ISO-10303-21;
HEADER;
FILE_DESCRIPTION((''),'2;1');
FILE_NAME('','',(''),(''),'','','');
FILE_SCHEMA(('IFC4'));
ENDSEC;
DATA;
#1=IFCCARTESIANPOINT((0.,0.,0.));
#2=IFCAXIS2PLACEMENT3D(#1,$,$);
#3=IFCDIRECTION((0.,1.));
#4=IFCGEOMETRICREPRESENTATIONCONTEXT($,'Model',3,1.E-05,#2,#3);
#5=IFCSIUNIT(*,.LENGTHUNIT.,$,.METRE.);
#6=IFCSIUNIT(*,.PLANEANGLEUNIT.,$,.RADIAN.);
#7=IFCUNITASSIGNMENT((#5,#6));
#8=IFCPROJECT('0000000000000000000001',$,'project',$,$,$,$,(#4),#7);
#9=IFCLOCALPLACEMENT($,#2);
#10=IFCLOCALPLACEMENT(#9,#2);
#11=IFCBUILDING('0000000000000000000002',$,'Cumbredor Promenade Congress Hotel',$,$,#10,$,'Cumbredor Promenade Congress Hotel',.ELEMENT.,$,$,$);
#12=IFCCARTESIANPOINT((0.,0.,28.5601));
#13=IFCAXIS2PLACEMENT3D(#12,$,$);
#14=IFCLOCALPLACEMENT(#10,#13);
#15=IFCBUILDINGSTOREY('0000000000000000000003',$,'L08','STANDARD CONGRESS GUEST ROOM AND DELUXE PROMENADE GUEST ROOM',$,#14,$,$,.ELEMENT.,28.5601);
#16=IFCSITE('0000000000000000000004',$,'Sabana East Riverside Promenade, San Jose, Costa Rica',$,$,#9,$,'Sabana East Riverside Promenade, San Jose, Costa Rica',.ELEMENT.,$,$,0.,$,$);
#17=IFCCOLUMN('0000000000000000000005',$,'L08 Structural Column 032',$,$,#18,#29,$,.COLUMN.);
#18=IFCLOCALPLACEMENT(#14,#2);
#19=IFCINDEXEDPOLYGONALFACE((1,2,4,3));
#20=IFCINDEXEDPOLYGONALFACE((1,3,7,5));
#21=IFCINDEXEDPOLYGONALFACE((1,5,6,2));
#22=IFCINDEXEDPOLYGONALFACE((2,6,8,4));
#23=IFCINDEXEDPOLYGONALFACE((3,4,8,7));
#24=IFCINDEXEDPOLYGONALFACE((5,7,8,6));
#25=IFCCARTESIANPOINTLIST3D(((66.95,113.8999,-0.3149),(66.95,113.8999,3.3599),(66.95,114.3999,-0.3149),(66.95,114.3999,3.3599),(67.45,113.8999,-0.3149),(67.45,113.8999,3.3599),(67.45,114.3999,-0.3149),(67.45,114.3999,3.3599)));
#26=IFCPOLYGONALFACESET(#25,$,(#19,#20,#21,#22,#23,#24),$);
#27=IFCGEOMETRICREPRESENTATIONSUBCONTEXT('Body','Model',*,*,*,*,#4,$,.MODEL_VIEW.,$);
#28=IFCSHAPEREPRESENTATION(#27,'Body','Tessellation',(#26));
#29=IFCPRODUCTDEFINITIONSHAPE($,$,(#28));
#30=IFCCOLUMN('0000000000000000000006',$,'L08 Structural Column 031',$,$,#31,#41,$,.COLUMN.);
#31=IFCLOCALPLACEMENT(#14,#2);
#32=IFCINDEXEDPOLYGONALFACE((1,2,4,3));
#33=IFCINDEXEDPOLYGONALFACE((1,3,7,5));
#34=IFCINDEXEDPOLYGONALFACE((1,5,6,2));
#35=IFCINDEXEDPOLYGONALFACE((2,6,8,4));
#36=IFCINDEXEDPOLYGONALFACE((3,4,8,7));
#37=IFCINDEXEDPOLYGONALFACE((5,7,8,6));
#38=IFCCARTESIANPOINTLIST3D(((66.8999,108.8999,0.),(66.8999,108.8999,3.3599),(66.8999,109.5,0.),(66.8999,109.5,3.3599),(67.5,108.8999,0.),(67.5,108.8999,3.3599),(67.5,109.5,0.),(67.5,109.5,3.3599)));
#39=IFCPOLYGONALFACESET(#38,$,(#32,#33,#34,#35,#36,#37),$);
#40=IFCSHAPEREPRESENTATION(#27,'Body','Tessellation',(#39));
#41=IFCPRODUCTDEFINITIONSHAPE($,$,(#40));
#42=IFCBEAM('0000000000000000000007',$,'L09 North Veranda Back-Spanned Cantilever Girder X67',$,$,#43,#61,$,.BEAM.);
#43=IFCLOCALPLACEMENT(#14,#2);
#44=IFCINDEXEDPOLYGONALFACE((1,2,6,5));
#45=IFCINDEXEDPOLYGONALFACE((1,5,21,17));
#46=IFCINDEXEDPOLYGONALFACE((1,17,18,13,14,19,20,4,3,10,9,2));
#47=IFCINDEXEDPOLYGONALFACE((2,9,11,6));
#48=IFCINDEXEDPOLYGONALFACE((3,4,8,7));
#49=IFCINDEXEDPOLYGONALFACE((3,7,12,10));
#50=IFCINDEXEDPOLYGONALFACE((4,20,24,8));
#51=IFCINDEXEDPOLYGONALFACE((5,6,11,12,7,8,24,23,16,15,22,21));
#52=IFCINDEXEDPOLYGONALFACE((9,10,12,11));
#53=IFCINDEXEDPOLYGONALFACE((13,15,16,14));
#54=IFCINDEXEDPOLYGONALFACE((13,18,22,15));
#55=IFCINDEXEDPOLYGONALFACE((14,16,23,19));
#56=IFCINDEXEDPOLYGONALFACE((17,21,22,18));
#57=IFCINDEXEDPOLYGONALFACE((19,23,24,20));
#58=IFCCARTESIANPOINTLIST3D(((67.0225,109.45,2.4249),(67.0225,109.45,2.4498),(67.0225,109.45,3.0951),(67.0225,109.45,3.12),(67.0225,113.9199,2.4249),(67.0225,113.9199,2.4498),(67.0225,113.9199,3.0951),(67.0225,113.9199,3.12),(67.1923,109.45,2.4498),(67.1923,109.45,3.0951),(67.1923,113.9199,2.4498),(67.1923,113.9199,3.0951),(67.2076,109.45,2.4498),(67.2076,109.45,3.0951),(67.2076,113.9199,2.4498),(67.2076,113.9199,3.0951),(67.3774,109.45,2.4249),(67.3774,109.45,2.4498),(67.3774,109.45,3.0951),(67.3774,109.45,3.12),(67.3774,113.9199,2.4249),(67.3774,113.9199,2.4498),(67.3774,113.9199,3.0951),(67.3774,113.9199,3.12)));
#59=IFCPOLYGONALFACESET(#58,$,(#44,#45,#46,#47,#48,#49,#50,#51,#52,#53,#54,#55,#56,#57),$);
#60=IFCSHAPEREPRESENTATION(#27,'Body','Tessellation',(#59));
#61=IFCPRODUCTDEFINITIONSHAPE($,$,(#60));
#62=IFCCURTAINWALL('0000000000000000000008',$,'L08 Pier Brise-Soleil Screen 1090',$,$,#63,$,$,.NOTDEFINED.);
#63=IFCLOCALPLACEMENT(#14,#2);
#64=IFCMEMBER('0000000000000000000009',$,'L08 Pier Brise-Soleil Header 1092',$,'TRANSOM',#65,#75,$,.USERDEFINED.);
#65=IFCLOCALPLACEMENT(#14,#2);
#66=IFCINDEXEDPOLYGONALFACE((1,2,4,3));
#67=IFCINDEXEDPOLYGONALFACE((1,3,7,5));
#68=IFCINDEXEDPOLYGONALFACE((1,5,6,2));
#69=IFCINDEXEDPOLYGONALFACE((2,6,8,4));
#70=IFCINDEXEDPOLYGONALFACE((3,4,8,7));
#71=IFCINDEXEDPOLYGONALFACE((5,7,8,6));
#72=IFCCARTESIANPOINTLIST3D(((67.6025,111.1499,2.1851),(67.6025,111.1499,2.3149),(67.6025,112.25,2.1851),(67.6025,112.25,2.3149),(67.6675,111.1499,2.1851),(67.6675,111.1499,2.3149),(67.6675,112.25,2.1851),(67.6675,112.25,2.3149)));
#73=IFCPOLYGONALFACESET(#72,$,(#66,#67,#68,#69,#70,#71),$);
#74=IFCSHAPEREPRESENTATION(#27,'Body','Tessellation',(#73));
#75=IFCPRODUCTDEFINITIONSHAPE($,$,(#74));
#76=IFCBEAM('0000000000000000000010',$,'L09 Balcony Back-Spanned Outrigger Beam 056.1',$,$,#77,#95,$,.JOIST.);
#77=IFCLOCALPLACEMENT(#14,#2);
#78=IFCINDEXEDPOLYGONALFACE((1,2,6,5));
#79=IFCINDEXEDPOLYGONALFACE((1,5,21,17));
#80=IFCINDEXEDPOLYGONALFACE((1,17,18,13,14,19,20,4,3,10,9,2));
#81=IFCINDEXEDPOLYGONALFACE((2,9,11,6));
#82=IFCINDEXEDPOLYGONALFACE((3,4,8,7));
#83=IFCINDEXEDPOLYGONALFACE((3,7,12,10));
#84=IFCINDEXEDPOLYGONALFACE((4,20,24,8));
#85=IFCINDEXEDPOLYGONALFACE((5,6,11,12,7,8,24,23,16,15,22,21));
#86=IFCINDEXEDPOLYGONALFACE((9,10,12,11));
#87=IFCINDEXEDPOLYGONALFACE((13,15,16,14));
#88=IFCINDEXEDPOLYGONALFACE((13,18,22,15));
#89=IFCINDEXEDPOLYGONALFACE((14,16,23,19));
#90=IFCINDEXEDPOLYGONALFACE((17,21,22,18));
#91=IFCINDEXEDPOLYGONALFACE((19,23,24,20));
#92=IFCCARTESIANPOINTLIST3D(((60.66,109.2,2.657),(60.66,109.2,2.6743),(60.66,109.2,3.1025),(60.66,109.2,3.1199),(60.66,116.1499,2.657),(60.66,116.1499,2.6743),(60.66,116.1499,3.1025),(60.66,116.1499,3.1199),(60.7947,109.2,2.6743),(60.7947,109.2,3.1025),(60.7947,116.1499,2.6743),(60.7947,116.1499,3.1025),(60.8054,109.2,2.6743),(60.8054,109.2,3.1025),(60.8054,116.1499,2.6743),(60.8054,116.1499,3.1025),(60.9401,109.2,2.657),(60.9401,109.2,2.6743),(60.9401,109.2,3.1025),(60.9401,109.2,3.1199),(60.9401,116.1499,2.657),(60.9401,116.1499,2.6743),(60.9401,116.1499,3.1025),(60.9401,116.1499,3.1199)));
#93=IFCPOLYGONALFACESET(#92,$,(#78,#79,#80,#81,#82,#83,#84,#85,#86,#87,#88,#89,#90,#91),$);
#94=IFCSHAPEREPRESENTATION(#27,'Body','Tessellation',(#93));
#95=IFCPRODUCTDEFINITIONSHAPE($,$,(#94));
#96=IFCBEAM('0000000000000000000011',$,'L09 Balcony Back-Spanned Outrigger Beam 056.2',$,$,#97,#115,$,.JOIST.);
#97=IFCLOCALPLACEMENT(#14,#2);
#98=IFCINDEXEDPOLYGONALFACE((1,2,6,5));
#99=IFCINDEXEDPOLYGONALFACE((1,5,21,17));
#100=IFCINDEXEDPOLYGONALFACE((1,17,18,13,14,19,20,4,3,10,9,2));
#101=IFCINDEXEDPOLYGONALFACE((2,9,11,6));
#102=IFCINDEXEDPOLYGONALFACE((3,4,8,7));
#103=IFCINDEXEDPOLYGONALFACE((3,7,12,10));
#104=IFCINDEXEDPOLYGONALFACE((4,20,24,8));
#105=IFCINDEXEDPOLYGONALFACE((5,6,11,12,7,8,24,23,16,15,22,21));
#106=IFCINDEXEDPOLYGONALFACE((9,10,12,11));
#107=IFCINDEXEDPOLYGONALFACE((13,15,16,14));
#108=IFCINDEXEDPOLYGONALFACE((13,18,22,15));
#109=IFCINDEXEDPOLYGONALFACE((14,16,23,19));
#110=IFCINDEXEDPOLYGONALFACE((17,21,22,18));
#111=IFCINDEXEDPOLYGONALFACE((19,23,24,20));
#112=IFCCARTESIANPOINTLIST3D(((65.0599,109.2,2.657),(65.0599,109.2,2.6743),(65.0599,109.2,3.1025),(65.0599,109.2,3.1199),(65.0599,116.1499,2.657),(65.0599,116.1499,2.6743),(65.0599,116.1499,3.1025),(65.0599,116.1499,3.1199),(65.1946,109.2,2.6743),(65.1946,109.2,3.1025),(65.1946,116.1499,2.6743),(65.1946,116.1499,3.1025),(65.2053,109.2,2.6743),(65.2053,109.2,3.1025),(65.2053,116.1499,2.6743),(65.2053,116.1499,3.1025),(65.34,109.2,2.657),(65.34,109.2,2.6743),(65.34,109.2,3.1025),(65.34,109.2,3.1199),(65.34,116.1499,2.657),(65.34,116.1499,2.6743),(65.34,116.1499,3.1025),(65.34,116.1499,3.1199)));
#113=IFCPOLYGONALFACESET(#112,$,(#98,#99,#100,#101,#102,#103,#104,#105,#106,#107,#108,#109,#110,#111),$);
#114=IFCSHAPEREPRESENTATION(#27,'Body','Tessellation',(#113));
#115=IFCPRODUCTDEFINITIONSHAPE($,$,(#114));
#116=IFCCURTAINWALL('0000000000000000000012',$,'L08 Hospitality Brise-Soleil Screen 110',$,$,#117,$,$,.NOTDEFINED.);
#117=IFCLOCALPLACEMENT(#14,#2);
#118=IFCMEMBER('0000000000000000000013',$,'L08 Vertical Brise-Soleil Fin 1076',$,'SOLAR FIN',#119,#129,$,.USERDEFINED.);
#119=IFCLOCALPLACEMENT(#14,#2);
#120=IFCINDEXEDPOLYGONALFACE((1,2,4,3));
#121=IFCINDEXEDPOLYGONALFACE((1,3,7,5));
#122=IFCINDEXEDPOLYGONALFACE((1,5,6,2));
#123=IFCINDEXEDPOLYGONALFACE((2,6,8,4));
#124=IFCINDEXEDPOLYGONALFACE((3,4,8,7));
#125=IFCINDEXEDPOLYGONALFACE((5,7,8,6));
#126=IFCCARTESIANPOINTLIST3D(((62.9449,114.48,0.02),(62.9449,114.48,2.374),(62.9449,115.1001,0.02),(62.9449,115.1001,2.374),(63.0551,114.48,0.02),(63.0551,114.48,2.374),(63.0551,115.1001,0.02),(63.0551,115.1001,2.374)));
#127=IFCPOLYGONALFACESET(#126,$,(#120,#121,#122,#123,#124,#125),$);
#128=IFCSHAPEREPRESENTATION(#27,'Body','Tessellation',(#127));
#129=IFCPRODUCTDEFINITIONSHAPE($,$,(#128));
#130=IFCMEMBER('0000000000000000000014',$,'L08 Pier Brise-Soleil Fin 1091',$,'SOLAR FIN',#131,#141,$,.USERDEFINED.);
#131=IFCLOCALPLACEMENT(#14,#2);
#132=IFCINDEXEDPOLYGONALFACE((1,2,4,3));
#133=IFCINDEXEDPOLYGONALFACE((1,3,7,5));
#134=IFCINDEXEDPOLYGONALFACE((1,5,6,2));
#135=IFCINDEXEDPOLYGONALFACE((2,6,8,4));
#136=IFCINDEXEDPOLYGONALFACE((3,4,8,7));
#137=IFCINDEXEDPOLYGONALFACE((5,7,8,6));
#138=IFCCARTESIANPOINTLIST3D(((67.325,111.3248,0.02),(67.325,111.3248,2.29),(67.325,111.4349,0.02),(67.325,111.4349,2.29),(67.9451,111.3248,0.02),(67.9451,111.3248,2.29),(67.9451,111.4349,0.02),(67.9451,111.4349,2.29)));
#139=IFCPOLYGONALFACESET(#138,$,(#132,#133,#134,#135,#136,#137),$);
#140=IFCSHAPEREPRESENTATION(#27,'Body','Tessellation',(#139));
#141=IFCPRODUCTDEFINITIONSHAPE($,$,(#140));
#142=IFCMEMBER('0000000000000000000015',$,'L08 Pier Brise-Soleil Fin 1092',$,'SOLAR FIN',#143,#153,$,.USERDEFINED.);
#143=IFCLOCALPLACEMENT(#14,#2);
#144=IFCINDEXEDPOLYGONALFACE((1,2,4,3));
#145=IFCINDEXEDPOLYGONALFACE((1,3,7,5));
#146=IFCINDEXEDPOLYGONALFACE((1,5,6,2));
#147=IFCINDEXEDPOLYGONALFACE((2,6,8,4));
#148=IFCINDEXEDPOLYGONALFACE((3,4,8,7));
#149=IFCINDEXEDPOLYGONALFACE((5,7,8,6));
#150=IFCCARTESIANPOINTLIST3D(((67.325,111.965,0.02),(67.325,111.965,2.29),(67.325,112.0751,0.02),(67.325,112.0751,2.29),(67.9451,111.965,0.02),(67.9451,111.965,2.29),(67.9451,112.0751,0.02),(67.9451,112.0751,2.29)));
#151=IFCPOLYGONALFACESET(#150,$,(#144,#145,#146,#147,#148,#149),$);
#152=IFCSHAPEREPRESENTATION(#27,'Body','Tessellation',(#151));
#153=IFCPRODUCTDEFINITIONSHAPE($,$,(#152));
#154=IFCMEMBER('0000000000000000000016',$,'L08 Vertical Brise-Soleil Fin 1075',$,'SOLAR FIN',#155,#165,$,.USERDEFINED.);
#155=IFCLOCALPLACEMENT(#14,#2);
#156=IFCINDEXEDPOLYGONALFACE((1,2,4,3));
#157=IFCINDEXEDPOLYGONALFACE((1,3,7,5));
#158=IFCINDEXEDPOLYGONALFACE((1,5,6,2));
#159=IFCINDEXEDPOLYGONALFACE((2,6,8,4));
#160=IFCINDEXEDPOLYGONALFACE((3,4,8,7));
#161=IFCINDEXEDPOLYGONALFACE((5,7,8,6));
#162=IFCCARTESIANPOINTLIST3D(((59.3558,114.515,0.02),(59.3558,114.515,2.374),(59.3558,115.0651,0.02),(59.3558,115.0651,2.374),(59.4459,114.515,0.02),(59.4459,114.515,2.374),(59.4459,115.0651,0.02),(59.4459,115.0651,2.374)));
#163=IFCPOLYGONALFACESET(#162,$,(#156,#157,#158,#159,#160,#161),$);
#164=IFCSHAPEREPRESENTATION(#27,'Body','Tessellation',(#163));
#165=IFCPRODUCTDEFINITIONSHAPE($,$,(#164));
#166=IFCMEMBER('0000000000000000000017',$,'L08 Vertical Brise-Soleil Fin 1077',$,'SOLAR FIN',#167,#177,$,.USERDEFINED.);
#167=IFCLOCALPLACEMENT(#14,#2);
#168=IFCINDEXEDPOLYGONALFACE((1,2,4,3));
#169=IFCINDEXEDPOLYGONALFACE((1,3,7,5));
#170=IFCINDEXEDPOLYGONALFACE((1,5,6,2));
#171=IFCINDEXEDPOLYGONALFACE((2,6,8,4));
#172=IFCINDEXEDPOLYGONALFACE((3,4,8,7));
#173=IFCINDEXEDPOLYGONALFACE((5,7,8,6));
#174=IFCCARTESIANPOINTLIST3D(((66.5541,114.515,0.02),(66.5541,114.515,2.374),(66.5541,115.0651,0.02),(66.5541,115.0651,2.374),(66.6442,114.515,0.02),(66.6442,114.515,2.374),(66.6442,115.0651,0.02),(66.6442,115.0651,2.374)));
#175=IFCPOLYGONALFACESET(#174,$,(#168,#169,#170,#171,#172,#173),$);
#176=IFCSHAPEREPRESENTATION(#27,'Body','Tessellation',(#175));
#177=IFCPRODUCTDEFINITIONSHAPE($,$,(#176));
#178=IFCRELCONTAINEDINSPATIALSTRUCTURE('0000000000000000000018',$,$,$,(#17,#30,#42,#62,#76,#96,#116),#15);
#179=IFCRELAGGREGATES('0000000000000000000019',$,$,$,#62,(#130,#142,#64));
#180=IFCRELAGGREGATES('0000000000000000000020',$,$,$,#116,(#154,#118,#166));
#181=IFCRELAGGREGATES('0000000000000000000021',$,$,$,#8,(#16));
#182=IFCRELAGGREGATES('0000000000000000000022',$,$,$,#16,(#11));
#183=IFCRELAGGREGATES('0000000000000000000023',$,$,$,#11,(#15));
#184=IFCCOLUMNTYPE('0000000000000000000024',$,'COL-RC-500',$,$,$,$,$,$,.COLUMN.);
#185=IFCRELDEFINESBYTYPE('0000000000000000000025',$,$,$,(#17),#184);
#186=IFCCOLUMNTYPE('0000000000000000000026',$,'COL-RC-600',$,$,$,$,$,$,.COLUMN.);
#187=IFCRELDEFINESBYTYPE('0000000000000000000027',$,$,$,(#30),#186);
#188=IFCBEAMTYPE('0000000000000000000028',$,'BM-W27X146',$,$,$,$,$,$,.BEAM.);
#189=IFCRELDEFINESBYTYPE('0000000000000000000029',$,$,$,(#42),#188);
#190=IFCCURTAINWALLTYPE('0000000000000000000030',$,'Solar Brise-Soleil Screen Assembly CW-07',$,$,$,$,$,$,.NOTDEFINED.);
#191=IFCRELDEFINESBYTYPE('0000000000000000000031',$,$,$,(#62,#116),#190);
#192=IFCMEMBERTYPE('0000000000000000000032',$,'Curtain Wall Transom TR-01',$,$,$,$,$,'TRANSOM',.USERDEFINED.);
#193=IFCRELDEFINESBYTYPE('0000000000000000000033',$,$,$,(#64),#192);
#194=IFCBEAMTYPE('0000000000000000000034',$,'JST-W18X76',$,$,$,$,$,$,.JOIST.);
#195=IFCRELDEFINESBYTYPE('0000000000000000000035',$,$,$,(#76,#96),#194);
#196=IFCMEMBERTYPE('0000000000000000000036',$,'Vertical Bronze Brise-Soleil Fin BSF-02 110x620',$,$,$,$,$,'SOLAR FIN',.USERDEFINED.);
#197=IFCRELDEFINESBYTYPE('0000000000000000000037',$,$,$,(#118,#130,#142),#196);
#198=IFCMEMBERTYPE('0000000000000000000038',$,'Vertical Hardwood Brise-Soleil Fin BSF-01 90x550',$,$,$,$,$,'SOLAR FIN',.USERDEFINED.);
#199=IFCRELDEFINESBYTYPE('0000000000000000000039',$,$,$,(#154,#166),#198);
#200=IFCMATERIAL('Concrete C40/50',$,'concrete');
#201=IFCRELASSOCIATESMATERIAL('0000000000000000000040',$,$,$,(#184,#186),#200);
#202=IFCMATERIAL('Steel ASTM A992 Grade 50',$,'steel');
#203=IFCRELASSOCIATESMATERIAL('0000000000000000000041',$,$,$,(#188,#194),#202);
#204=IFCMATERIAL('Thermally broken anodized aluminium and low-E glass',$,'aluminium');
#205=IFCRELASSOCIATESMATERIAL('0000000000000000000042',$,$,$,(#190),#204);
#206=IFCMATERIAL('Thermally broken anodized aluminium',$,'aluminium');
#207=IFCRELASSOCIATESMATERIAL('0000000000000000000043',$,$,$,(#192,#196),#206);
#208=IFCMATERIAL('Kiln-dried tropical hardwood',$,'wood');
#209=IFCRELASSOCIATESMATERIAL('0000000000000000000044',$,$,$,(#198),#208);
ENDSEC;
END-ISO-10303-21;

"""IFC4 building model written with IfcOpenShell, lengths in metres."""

from ifc_helpers import new_model, si_unit, direction, frame, origin, origin_2d, place, context, subcontext, project, spatial, rectangle, i_section, extrude, material, material_profile, profile_set, type_object, element, aggregate, save


model = new_model("IFC4")

# Units and contexts
model_context = context("Model", 3, precision=1e-05, world=origin(), true_north=direction((0.0, 1.0)))
body_context = subcontext(model_context, "Body", "Model", "MODEL_VIEW")
ifc_project = project(units=[si_unit("LENGTHUNIT", "METRE"), si_unit("PLANEANGLEUNIT", "RADIAN")], contexts=[model_context])

# Site, building, storey
site_placement = place(None, origin())
site = spatial("IfcSite", under=ifc_project, at=site_placement, Name="Sabana East Riverside Promenade, San Jose, Costa Rica", LongName="Sabana East Riverside Promenade, San Jose, Costa Rica", CompositionType="ELEMENT", RefElevation=0.0)
building_placement = place(site_placement, origin())
building = spatial("IfcBuilding", under=site, at=building_placement, Name="Cumbredor Promenade Congress Hotel", LongName="Cumbredor Promenade Congress Hotel", CompositionType="ELEMENT")
storey_placement = place(building_placement, frame((0.0, 0.0, 28.5601)))
storey = spatial("IfcBuildingStorey", under=building, at=storey_placement, Name="L08", Description="STANDARD CONGRESS GUEST ROOM AND DELUXE PROMENADE GUEST ROOM", CompositionType="ELEMENT", Elevation=28.5601)

# Columns
ifc_material_1 = material(Name="Concrete C40/50", Category="concrete")
ifc_material_profile_1 = material_profile(ifc_material_1, rectangle(XDim=0.5, YDim=0.5, at=origin_2d()), Name="RC 500x500")
ifc_profile_set_1 = profile_set([ifc_material_profile_1], Name="Concrete C40/50")
column_type_1 = type_object("IfcColumnType", Name="COL-RC-500", PredefinedType="COLUMN", material=ifc_profile_set_1)
column_1_placement = place(storey_placement, frame((67.2, 114.1499, -0.3149), z_axis=(0.0, 0.0, 1.0), x_axis=(1.0, 0.0, 0.0)))
element("IfcColumn", 1, at=column_1_placement, inside=storey, type_object=column_type_1, Name="L08 Structural Column 032", PredefinedType="COLUMN", context=body_context, shape_type="SweptSolid", body=[
    extrude(rectangle(XDim=0.5, YDim=0.5, at=origin_2d()), origin(), (0.0, 0.0, 1.0), 3.6748),
])
ifc_material_profile_2 = material_profile(ifc_material_1, rectangle(XDim=0.6001, YDim=0.6001, at=origin_2d()), Name="RC 600x600")
ifc_profile_set_2 = profile_set([ifc_material_profile_2], Name="Concrete C40/50")
column_type_2 = type_object("IfcColumnType", Name="COL-RC-600", PredefinedType="COLUMN", material=ifc_profile_set_2)
column_2_placement = place(storey_placement, frame((67.2, 109.2, 0.0), z_axis=(0.0, 0.0, 1.0), x_axis=(1.0, 0.0, 0.0)))
element("IfcColumn", 2, at=column_2_placement, inside=storey, type_object=column_type_2, Name="L08 Structural Column 031", PredefinedType="COLUMN", context=body_context, shape_type="SweptSolid", body=[
    extrude(rectangle(XDim=0.6001, YDim=0.6001, at=origin_2d()), origin(), (0.0, 0.0, 1.0), 3.3599),
])

# Beam
ifc_material_2 = material(Name="Steel ASTM A992 Grade 50", Category="steel")
ifc_material_profile_3 = material_profile(ifc_material_2, i_section(OverallWidth=0.355, OverallDepth=0.6951, WebThickness=0.0154, FlangeThickness=0.0249, at=origin_2d()), Name="W27X146")
ifc_profile_set_3 = profile_set([ifc_material_profile_3], Name="Steel ASTM A992 Grade 50")
beam_type_1 = type_object("IfcBeamType", Name="BM-W27X146", PredefinedType="BEAM", material=ifc_profile_set_3)
beam_placement = place(storey_placement, frame((67.2, 109.45, 2.7725), z_axis=(0.0, 1.0, 0.0), x_axis=(-1.0, 0.0, 0.0)))
element("IfcBeam", 3, at=beam_placement, inside=storey, type_object=beam_type_1, Name="L09 North Veranda Back-Spanned Cantilever Girder X67", PredefinedType="BEAM", context=body_context, shape_type="SweptSolid", body=[
    extrude(i_section(OverallWidth=0.355, OverallDepth=0.6951, WebThickness=0.0154, FlangeThickness=0.0249, at=origin_2d()), origin(), (0.0, 0.0, 1.0), 4.47),
])

# Curtain wall, member
ifc_material_3 = material(Name="Thermally broken anodized aluminium and low-E glass", Category="aluminium")
curtain_wall_type = type_object("IfcCurtainWallType", Name="Solar Brise-Soleil Screen Assembly CW-07", PredefinedType="NOTDEFINED", material=ifc_material_3)
curtain_wall_1_placement = place(storey_placement, origin())
curtain_wall_1 = element("IfcCurtainWall", 4, at=curtain_wall_1_placement, inside=storey, type_object=curtain_wall_type, Name="L08 Pier Brise-Soleil Screen 1090", PredefinedType="NOTDEFINED")
ifc_material_4 = material(Name="Thermally broken anodized aluminium", Category="aluminium")
ifc_material_profile_4 = material_profile(ifc_material_4, rectangle(XDim=0.0649, YDim=0.1299, at=origin_2d()), Name="ALU TRANSOM 65x130")
ifc_profile_set_4 = profile_set([ifc_material_profile_4], Name="Thermally broken anodized aluminium")
member_type_1 = type_object("IfcMemberType", Name="Curtain Wall Transom TR-01", ElementType="TRANSOM", PredefinedType="USERDEFINED", material=ifc_profile_set_4)
member_1_placement = place(storey_placement, frame((67.635, 111.1499, 2.25), z_axis=(0.0, 1.0, 0.0), x_axis=(-1.0, 0.0, 0.0)))
member_1 = element("IfcMember", 5, at=member_1_placement, type_object=member_type_1, Name="L08 Pier Brise-Soleil Header 1092", ObjectType="TRANSOM", PredefinedType="USERDEFINED", context=body_context, shape_type="SweptSolid", body=[
    extrude(rectangle(XDim=0.0649, YDim=0.1299, at=origin_2d()), origin(), (0.0, 0.0, 1.0), 1.1001),
])

# Beams
ifc_material_profile_5 = material_profile(ifc_material_2, i_section(OverallWidth=0.28, OverallDepth=0.4629, WebThickness=0.0107, FlangeThickness=0.0173, at=origin_2d()), Name="W18X76")
ifc_profile_set_5 = profile_set([ifc_material_profile_5], Name="Steel ASTM A992 Grade 50")
beam_type_2 = type_object("IfcBeamType", Name="JST-W18X76", PredefinedType="JOIST", material=ifc_profile_set_5)
for number, where, z_axis, x_axis, name in (
    (6, (60.8, 109.2, 2.8884), (0.0, 1.0, 0.0), (-1.0, 0.0, 0.0), "L09 Balcony Back-Spanned Outrigger Beam 056.1"),
    (7, (65.2, 109.2, 2.8884), (0.0, 1.0, 0.0), (-1.0, 0.0, 0.0), "L09 Balcony Back-Spanned Outrigger Beam 056.2"),
):
    element("IfcBeam", number, at=place(storey_placement, frame(where, z_axis=z_axis, x_axis=x_axis)), inside=storey, type_object=beam_type_2, Name=name, PredefinedType="JOIST", context=body_context, shape_type="SweptSolid", body=[
        extrude(i_section(OverallWidth=0.28, OverallDepth=0.4629, WebThickness=0.0107, FlangeThickness=0.0173, at=origin_2d()), origin(), (0.0, 0.0, 1.0), 6.95),
    ])

# Curtain wall, member
curtain_wall_2_placement = place(storey_placement, origin())
curtain_wall_2 = element("IfcCurtainWall", 8, at=curtain_wall_2_placement, inside=storey, type_object=curtain_wall_type, Name="L08 Hospitality Brise-Soleil Screen 110", PredefinedType="NOTDEFINED")
ifc_material_profile_6 = material_profile(ifc_material_4, rectangle(XDim=0.1101, YDim=0.6201, at=origin_2d()), Name="ARCH FIN 110x620")
ifc_profile_set_6 = profile_set([ifc_material_profile_6], Name="Thermally broken anodized aluminium")
member_type_2 = type_object("IfcMemberType", Name="Vertical Bronze Brise-Soleil Fin BSF-02 110x620", ElementType="SOLAR FIN", PredefinedType="USERDEFINED", material=ifc_profile_set_6)
member_2_placement = place(storey_placement, frame((63.0, 114.79, 0.02), z_axis=(0.0, 0.0, 1.0), x_axis=(1.0, 0.0, 0.0)))
member_2 = element("IfcMember", 9, at=member_2_placement, type_object=member_type_2, Name="L08 Vertical Brise-Soleil Fin 1076", ObjectType="SOLAR FIN", PredefinedType="USERDEFINED", context=body_context, shape_type="SweptSolid", body=[
    extrude(rectangle(XDim=0.1101, YDim=0.6201, at=origin_2d()), origin(), (0.0, 0.0, 1.0), 2.354),
])

# Members
member_3_placement = place(storey_placement, frame((67.635, 111.3799, 0.02), z_axis=(0.0, 0.0, 1.0), x_axis=(0.0, 1.0, 0.0)))
member_3 = element("IfcMember", 10, at=member_3_placement, type_object=member_type_2, Name="L08 Pier Brise-Soleil Fin 1091", ObjectType="SOLAR FIN", PredefinedType="USERDEFINED", context=body_context, shape_type="SweptSolid", body=[
    extrude(rectangle(XDim=0.1101, YDim=0.6201, at=origin_2d()), origin(), (0.0, 0.0, 1.0), 2.27),
])
member_4_placement = place(storey_placement, frame((67.635, 112.02, 0.02), z_axis=(0.0, 0.0, 1.0), x_axis=(0.0, 1.0, 0.0)))
member_4 = element("IfcMember", 11, at=member_4_placement, type_object=member_type_2, Name="L08 Pier Brise-Soleil Fin 1092", ObjectType="SOLAR FIN", PredefinedType="USERDEFINED", context=body_context, shape_type="SweptSolid", body=[
    extrude(rectangle(XDim=0.1101, YDim=0.6201, at=origin_2d()), origin(), (0.0, 0.0, 1.0), 2.27),
])
aggregate(curtain_wall_1, [member_3, member_4, member_1])
ifc_material_5 = material(Name="Kiln-dried tropical hardwood", Category="wood")
ifc_material_profile_7 = material_profile(ifc_material_5, rectangle(XDim=0.0901, YDim=0.55, at=origin_2d()), Name="ARCH FIN 90x550")
ifc_profile_set_7 = profile_set([ifc_material_profile_7], Name="Kiln-dried tropical hardwood")
member_type_3 = type_object("IfcMemberType", Name="Vertical Hardwood Brise-Soleil Fin BSF-01 90x550", ElementType="SOLAR FIN", PredefinedType="USERDEFINED", material=ifc_profile_set_7)
member_5_placement = place(storey_placement, frame((59.4009, 114.79, 0.02), z_axis=(0.0, 0.0, 1.0), x_axis=(1.0, 0.0, 0.0)))
member_5 = element("IfcMember", 12, at=member_5_placement, type_object=member_type_3, Name="L08 Vertical Brise-Soleil Fin 1075", ObjectType="SOLAR FIN", PredefinedType="USERDEFINED", context=body_context, shape_type="SweptSolid", body=[
    extrude(rectangle(XDim=0.0901, YDim=0.55, at=origin_2d()), origin(), (0.0, 0.0, 1.0), 2.354),
])
member_6_placement = place(storey_placement, frame((66.5991, 114.79, 0.02), z_axis=(0.0, 0.0, 1.0), x_axis=(1.0, 0.0, 0.0)))
member_6 = element("IfcMember", 13, at=member_6_placement, type_object=member_type_3, Name="L08 Vertical Brise-Soleil Fin 1077", ObjectType="SOLAR FIN", PredefinedType="USERDEFINED", context=body_context, shape_type="SweptSolid", body=[
    extrude(rectangle(XDim=0.0901, YDim=0.55, at=origin_2d()), origin(), (0.0, 0.0, 1.0), 2.354),
])

aggregate(curtain_wall_2, [member_5, member_2, member_6])

save(model, "model.ifc")
